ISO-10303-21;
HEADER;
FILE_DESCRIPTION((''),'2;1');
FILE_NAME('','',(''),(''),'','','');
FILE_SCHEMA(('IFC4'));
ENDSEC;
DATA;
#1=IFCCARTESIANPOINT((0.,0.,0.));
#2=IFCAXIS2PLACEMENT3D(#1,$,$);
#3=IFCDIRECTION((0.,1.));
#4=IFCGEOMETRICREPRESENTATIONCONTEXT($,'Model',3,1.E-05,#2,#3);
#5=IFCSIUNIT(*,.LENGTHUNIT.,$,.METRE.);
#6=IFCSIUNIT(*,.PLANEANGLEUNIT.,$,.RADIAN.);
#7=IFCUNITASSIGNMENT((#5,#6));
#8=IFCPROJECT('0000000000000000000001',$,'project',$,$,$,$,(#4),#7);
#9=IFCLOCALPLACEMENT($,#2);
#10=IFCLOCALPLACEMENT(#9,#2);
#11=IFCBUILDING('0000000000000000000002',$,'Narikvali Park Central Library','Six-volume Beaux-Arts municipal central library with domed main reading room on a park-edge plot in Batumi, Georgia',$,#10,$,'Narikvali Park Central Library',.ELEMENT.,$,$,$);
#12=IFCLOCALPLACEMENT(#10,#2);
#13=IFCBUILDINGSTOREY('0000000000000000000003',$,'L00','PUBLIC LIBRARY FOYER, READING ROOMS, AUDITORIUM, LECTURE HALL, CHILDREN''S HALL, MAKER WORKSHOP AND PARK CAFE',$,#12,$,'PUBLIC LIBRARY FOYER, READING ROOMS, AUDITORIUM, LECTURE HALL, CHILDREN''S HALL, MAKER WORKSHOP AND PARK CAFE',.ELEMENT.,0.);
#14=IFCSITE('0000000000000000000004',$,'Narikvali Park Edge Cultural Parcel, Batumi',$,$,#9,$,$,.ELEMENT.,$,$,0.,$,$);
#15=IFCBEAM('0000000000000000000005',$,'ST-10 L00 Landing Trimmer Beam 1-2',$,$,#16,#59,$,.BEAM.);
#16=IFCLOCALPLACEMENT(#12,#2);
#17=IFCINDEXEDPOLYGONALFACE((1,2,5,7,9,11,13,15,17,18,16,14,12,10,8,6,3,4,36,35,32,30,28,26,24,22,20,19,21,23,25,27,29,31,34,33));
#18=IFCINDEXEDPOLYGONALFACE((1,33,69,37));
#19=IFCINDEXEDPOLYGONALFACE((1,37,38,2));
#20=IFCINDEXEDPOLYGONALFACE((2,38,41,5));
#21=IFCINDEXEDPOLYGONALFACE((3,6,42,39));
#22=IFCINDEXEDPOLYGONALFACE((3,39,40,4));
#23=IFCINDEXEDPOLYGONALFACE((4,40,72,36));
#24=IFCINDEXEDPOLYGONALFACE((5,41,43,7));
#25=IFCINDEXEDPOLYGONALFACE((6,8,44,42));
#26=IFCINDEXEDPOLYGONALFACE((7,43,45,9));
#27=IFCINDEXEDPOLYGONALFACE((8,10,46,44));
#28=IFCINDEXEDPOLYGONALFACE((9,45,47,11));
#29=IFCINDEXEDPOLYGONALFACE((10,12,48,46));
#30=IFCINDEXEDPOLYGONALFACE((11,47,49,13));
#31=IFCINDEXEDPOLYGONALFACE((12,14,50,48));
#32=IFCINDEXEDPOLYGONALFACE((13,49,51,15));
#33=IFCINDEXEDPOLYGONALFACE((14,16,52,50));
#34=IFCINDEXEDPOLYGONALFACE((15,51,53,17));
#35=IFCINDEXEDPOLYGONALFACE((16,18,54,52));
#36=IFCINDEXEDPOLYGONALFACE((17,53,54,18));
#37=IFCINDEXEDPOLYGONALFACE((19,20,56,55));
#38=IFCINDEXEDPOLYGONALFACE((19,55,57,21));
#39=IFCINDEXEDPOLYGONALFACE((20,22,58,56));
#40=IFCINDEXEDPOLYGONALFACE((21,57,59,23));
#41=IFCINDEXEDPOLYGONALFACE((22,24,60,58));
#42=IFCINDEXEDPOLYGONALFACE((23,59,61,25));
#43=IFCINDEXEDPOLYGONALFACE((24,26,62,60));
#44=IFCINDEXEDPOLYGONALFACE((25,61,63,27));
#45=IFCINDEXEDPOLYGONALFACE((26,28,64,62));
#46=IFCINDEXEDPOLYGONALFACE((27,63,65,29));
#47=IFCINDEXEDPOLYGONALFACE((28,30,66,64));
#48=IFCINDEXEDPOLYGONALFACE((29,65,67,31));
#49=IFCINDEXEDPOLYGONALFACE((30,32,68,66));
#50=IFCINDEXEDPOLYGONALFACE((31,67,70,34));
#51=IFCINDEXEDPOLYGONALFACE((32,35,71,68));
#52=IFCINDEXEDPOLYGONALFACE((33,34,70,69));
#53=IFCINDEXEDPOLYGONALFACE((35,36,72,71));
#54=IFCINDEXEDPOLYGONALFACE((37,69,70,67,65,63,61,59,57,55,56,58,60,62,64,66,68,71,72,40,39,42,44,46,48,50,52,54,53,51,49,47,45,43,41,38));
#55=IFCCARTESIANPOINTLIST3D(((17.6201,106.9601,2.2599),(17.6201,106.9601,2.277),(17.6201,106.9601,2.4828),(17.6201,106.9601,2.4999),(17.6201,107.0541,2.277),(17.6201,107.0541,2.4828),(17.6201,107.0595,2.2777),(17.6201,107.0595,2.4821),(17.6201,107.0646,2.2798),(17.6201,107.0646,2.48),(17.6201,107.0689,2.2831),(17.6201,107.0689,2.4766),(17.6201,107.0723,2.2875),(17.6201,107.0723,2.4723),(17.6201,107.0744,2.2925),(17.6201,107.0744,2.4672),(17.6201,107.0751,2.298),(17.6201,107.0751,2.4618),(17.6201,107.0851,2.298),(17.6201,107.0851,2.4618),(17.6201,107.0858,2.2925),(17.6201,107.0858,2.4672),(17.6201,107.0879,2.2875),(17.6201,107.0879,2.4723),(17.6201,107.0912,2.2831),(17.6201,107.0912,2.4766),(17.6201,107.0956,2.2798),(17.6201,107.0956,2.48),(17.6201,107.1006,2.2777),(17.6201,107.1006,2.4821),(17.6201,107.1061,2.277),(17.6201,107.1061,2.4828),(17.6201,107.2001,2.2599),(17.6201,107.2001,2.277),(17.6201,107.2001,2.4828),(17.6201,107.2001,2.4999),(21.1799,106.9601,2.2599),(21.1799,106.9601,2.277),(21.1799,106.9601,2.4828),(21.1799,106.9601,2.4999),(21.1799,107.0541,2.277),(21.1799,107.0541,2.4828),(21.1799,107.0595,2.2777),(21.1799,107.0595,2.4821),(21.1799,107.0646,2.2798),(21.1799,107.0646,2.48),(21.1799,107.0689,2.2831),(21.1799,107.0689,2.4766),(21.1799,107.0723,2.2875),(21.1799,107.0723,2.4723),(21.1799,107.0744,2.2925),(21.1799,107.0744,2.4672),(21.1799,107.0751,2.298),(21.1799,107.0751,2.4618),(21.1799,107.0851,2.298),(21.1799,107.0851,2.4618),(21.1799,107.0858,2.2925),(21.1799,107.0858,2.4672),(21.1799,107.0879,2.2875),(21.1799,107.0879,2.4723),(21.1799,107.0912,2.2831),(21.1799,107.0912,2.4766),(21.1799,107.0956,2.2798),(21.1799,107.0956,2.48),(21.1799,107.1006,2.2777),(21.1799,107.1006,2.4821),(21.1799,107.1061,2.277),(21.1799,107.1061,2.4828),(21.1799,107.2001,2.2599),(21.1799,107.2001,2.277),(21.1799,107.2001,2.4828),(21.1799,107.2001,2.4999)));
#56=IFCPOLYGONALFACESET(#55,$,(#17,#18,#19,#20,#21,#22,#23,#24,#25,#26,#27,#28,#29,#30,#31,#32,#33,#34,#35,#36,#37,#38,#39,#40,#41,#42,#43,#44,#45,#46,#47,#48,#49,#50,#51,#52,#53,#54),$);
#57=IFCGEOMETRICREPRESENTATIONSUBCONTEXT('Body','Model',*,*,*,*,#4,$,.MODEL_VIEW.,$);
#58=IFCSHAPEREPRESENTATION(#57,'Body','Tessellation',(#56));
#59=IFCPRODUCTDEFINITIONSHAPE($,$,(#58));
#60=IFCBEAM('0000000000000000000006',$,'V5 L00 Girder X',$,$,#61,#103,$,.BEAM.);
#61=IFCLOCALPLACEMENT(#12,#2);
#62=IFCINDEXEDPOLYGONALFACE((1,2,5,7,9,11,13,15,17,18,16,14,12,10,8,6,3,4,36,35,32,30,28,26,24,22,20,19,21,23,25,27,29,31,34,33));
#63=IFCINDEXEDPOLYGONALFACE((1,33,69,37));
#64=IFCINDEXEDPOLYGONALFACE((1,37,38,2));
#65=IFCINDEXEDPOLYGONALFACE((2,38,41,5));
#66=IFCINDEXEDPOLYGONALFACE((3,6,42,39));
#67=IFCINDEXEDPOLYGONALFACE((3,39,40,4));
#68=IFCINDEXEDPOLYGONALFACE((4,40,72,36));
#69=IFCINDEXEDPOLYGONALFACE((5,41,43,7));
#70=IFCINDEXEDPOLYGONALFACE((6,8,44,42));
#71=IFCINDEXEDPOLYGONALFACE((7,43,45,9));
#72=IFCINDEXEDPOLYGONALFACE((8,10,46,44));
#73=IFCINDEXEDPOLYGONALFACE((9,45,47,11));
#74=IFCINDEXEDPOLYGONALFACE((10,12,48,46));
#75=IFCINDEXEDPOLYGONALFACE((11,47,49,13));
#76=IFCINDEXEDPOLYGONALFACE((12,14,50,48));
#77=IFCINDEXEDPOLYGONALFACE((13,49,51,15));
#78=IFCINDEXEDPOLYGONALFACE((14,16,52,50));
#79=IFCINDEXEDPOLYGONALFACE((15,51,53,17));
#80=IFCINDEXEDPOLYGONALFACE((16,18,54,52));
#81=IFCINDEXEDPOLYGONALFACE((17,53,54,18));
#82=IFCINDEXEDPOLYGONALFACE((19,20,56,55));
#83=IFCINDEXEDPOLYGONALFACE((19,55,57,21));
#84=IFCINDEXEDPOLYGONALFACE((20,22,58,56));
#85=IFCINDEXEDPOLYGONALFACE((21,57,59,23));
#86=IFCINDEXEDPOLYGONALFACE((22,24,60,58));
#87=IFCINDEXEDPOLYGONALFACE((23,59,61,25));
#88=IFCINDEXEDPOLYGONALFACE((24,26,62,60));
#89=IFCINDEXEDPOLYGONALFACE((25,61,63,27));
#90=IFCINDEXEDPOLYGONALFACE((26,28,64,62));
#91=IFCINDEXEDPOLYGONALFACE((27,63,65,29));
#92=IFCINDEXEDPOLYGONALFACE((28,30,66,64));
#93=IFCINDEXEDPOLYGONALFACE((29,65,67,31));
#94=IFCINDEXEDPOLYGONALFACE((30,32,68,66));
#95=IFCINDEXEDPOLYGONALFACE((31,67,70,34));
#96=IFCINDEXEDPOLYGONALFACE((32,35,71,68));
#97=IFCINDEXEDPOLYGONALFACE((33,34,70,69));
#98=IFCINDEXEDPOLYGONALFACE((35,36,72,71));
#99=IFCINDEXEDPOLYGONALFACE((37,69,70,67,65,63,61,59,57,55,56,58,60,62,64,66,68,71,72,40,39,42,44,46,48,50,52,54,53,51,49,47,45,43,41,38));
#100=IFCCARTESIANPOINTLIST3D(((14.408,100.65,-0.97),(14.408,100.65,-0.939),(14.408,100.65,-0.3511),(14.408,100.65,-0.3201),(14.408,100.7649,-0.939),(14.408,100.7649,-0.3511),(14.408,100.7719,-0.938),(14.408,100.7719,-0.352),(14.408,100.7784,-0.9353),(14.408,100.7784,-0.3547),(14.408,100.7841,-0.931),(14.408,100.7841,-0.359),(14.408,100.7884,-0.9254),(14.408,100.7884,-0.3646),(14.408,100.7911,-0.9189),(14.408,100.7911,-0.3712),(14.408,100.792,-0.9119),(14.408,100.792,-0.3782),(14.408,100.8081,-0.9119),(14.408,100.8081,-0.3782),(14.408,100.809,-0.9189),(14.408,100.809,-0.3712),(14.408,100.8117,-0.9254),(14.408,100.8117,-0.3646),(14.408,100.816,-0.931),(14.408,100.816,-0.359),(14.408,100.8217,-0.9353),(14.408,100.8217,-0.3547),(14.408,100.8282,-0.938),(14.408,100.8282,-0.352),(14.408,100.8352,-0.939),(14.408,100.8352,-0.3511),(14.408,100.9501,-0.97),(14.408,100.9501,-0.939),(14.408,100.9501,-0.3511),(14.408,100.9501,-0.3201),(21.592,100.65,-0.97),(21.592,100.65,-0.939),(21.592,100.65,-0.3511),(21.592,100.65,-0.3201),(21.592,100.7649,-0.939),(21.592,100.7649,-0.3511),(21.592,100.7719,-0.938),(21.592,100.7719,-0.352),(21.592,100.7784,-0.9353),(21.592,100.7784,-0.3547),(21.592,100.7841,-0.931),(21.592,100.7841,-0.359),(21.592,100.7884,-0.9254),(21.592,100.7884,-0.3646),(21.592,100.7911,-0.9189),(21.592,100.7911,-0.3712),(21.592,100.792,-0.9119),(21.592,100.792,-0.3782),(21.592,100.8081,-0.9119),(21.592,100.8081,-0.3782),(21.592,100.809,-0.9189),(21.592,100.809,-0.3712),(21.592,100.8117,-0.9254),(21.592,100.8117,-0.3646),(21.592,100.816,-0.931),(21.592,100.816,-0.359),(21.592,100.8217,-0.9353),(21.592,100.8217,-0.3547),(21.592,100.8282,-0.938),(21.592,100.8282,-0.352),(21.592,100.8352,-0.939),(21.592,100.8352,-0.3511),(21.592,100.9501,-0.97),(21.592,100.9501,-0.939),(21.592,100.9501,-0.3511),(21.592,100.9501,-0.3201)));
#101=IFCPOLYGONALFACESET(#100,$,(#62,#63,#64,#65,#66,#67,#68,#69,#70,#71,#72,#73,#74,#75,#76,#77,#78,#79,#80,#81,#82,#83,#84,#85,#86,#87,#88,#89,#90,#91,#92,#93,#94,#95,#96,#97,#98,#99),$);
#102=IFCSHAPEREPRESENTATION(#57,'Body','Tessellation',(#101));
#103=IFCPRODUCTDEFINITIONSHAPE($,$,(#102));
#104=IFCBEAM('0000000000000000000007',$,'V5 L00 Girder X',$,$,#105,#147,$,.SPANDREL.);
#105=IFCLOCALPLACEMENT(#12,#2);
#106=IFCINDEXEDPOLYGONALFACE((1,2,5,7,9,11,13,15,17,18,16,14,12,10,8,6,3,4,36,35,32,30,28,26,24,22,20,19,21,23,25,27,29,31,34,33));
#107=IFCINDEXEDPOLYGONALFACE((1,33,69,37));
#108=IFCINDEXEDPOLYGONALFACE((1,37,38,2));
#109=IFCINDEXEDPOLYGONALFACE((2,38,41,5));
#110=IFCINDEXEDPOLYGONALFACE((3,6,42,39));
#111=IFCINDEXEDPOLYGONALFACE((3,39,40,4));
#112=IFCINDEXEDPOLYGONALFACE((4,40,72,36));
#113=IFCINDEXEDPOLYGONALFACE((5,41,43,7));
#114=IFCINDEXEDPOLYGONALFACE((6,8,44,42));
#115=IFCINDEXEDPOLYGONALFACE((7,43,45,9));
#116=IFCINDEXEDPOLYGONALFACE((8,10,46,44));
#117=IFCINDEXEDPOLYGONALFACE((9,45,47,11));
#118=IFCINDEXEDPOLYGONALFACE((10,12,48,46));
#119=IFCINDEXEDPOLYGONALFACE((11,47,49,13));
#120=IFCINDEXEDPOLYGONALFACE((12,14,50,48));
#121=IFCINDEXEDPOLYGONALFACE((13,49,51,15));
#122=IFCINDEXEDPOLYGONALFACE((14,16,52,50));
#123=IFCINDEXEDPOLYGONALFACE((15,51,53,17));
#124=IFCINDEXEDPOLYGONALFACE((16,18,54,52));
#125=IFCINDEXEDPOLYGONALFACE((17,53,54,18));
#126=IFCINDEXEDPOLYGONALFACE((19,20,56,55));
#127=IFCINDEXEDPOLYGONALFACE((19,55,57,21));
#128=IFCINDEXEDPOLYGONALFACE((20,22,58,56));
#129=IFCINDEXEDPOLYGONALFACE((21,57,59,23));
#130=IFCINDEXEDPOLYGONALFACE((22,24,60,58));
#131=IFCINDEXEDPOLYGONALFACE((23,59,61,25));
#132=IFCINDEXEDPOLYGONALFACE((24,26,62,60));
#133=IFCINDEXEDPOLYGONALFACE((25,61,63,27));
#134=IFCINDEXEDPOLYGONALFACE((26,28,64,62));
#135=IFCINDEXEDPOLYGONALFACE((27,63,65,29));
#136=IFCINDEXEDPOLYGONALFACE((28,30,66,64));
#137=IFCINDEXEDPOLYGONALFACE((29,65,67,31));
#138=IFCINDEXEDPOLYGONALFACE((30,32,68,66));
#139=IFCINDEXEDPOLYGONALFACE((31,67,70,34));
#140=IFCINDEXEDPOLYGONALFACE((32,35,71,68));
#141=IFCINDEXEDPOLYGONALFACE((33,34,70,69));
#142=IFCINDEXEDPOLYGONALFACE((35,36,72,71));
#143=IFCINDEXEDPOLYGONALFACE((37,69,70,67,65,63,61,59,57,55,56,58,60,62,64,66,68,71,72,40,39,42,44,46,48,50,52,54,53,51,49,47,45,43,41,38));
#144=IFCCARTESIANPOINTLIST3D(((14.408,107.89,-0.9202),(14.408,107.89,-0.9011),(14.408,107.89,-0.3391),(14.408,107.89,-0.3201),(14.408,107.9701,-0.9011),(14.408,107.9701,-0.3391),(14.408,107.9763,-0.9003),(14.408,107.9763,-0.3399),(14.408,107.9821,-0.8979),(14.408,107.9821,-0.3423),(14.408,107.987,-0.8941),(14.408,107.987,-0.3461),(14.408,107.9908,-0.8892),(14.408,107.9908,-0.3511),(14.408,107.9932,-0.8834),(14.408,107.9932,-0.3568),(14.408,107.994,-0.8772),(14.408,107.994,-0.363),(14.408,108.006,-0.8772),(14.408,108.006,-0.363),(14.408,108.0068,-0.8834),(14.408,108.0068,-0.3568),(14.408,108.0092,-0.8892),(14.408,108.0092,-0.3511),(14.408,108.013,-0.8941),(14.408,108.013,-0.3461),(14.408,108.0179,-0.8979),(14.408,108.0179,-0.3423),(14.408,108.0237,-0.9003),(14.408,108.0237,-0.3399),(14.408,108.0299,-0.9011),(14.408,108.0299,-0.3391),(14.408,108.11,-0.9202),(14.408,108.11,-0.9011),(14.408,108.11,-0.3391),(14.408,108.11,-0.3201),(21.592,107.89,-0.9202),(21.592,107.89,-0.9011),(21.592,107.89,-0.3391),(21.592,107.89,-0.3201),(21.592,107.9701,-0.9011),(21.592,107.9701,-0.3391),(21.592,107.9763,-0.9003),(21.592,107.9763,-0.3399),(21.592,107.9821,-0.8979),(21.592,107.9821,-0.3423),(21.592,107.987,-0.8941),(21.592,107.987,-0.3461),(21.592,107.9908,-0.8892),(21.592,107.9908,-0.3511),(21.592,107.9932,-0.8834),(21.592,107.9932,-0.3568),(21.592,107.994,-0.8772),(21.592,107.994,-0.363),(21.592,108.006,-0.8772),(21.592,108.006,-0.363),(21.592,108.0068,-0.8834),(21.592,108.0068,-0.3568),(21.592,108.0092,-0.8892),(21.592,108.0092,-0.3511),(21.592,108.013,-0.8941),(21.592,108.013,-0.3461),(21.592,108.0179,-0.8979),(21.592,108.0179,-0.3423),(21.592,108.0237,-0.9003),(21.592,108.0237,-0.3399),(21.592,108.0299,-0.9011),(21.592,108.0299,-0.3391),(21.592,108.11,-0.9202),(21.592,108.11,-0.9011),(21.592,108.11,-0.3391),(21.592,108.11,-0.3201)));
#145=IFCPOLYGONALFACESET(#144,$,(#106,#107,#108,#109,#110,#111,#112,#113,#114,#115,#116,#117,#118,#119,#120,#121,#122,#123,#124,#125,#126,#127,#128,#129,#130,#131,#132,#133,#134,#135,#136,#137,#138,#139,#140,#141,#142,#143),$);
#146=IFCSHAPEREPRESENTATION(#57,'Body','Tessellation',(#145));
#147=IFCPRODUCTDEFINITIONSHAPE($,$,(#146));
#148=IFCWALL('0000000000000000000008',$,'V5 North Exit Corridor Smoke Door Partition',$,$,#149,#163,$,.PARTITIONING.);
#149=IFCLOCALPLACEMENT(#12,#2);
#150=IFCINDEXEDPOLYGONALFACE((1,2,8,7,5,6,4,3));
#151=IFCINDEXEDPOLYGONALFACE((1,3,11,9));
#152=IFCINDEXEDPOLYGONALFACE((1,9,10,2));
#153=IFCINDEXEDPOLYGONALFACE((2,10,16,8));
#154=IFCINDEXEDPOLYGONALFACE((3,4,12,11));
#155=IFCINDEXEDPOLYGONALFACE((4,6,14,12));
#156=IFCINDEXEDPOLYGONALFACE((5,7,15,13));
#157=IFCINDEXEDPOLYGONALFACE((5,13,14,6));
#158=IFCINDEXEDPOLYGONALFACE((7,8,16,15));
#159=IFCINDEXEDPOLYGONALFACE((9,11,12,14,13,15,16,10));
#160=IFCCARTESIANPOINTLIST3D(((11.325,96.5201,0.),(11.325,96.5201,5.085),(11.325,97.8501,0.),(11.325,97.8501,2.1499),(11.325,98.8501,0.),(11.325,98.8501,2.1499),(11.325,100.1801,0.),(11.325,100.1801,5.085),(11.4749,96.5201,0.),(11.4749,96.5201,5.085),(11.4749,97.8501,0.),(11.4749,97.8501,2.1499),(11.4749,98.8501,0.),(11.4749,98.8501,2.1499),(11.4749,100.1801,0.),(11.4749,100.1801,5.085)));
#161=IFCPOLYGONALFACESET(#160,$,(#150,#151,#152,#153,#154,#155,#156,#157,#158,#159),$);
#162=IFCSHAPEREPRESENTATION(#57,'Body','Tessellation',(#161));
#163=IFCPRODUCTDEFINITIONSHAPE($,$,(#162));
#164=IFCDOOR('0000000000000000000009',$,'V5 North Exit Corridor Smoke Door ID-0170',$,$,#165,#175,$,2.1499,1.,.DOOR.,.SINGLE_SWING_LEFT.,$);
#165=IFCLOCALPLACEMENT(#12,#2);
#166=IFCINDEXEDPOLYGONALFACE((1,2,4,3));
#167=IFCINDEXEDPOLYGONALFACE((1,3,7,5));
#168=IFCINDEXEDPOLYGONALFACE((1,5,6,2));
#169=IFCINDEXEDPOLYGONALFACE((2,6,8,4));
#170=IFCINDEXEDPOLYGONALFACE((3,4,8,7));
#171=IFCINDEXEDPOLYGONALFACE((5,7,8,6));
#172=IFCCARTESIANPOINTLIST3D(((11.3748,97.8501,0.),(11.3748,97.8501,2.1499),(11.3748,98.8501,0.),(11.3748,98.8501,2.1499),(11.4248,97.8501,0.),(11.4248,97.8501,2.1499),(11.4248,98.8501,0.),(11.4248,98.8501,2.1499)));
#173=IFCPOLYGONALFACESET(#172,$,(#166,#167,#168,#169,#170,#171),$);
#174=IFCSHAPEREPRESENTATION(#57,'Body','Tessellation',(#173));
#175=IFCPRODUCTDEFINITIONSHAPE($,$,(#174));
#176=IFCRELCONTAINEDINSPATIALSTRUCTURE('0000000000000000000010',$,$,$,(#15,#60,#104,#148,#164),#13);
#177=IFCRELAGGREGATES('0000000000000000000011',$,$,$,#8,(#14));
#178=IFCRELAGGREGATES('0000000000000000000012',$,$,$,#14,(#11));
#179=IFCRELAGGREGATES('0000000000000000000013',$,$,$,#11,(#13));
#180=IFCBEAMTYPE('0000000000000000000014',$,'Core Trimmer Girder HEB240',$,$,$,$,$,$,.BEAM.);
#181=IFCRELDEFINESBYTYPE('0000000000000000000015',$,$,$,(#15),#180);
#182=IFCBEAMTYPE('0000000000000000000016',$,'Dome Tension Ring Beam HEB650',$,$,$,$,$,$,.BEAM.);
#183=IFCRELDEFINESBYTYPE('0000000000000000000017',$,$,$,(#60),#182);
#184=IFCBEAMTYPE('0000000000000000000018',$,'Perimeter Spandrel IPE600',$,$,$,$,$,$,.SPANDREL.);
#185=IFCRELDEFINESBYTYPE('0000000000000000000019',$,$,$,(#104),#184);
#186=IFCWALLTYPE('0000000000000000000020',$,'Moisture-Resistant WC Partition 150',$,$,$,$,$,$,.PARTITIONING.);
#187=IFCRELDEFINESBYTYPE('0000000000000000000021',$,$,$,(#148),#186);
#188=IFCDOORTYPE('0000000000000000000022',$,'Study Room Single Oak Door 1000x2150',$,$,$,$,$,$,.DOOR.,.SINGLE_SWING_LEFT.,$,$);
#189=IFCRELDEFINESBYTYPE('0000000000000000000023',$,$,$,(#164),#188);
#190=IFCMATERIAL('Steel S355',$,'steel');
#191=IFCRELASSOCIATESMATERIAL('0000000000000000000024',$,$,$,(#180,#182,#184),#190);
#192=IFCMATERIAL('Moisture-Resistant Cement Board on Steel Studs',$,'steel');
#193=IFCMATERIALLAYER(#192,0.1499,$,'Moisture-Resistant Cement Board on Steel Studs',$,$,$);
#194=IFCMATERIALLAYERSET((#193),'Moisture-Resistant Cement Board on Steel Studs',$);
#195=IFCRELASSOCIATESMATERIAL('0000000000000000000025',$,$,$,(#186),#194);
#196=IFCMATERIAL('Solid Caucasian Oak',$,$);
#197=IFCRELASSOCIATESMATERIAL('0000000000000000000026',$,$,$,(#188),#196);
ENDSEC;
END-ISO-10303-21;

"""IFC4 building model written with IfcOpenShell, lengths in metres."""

from ifc_helpers import new_model, si_unit, direction, frame, frame_2d, origin, origin_2d, place, context, subcontext, project, spatial, rectangle, i_section, extrude, material, layer, layer_set, material_profile, profile_set, type_object, element, fill, save


model = new_model("IFC4")

# Units and contexts
model_context = context("Model", 3, precision=1e-05, world=origin(), true_north=direction((0.0, 1.0)))
body_context = subcontext(model_context, "Body", "Model", "MODEL_VIEW")
ifc_project = project(units=[si_unit("LENGTHUNIT", "METRE"), si_unit("PLANEANGLEUNIT", "RADIAN")], contexts=[model_context])

# Site, building, storey
site_placement = place(None, origin())
site = spatial("IfcSite", under=ifc_project, at=site_placement, Name="Narikvali Park Edge Cultural Parcel, Batumi", CompositionType="ELEMENT", RefElevation=0.0)
building_placement = place(site_placement, origin())
building = spatial("IfcBuilding", under=site, at=building_placement, Name="Narikvali Park Central Library", Description="Six-volume Beaux-Arts municipal central library with domed main reading room on a park-edge plot in Batumi, Georgia", LongName="Narikvali Park Central Library", CompositionType="ELEMENT")
storey_placement = place(building_placement, origin())
storey = spatial("IfcBuildingStorey", under=building, at=storey_placement, Name="L00", Description="PUBLIC LIBRARY FOYER, READING ROOMS, AUDITORIUM, LECTURE HALL, CHILDREN'S HALL, MAKER WORKSHOP AND PARK CAFE", LongName="PUBLIC LIBRARY FOYER, READING ROOMS, AUDITORIUM, LECTURE HALL, CHILDREN'S HALL, MAKER WORKSHOP AND PARK CAFE", CompositionType="ELEMENT", Elevation=0.0)

# Shared definitions
ifc_material_1 = material(Name="Steel S355", Category="steel")

# Beams
ifc_material_profile_1 = material_profile(ifc_material_1, i_section(OverallWidth=0.24, OverallDepth=0.24, WebThickness=0.01, FlangeThickness=0.0171, FilletRadius=0.021, at=origin_2d()), Name="HEB 240")
ifc_profile_set_1 = profile_set([ifc_material_profile_1], Name="Steel S355")
beam_type_1 = type_object("IfcBeamType", Name="Core Trimmer Girder HEB240", PredefinedType="BEAM", material=ifc_profile_set_1)
for number, where, z_axis, x_axis, name in (
    (1, (17.6201, 107.0801, 2.3799), (1.0, 0.0, 0.0), (0.0, 1.0, 0.0), "ST-10 L00 Landing Trimmer Beam 1-2"),
):
    element("IfcBeam", number, at=place(storey_placement, frame(where, z_axis=z_axis, x_axis=x_axis)), inside=storey, type_object=beam_type_1, Name=name, PredefinedType="BEAM", context=body_context, shape_type="SweptSolid", body=[
        extrude(i_section(OverallWidth=0.24, OverallDepth=0.24, WebThickness=0.01, FlangeThickness=0.0171, FilletRadius=0.021, at=origin_2d()), origin(), (0.0, 0.0, 1.0), 3.5598),
    ])
ifc_material_profile_2 = material_profile(ifc_material_1, i_section(OverallWidth=0.3, OverallDepth=0.6499, WebThickness=0.0161, FlangeThickness=0.031, FilletRadius=0.0271, at=origin_2d()), Name="HEB 650")
ifc_profile_set_2 = profile_set([ifc_material_profile_2], Name="Steel S355")
beam_type_2 = type_object("IfcBeamType", Name="Dome Tension Ring Beam HEB650", PredefinedType="BEAM", material=ifc_profile_set_2)
beam_1_placement = place(storey_placement, frame((14.408, 100.8, -0.645), z_axis=(1.0, 0.0, 0.0), x_axis=(0.0, 1.0, 0.0)))
element("IfcBeam", 2, at=beam_1_placement, inside=storey, type_object=beam_type_2, Name="V5 L00 Girder X", PredefinedType="BEAM", context=body_context, shape_type="SweptSolid", body=[
    extrude(i_section(OverallWidth=0.3, OverallDepth=0.6499, WebThickness=0.0161, FlangeThickness=0.031, FilletRadius=0.0271, at=origin_2d()), origin(), (0.0, 0.0, 1.0), 7.1841),
])
ifc_material_profile_3 = material_profile(ifc_material_1, i_section(OverallWidth=0.22, OverallDepth=0.6001, WebThickness=0.012, FlangeThickness=0.019, FilletRadius=0.0239, at=origin_2d()), Name="IPE 600")
ifc_profile_set_3 = profile_set([ifc_material_profile_3], Name="Steel S355")
beam_type_3 = type_object("IfcBeamType", Name="Perimeter Spandrel IPE600", PredefinedType="SPANDREL", material=ifc_profile_set_3)
beam_2_placement = place(storey_placement, frame((14.408, 108.0, -0.6201), z_axis=(1.0, 0.0, 0.0), x_axis=(0.0, 1.0, 0.0)))
element("IfcBeam", 3, at=beam_2_placement, inside=storey, type_object=beam_type_3, Name="V5 L00 Girder X", PredefinedType="SPANDREL", context=body_context, shape_type="SweptSolid", body=[
    extrude(i_section(OverallWidth=0.22, OverallDepth=0.6001, WebThickness=0.012, FlangeThickness=0.019, FilletRadius=0.0239, at=origin_2d()), origin(), (0.0, 0.0, 1.0), 7.1841),
])

# Wall, opening, door
ifc_material_2 = material(Name="Moisture-Resistant Cement Board on Steel Studs", Category="steel")
ifc_layer_1 = layer(ifc_material_2, 0.1499, Name="Moisture-Resistant Cement Board on Steel Studs")
ifc_layer_set_1 = layer_set([ifc_layer_1], Name="Moisture-Resistant Cement Board on Steel Studs")
wall_type_1 = type_object("IfcWallType", Name="Moisture-Resistant WC Partition 150", PredefinedType="PARTITIONING", material=ifc_layer_set_1)
wall_1_placement = place(storey_placement, frame((11.3999, 96.52, 0.0), z_axis=(0.0, 0.0, 1.0), x_axis=(0.0, 1.0, 0.0)))
wall_1 = element("IfcWall", 4, at=wall_1_placement, inside=storey, type_object=wall_type_1, Name="V5 North Exit Corridor Smoke Door Partition", PredefinedType="PARTITIONING", context=body_context, shape_type="SweptSolid", body=[
    extrude(rectangle(XDim=3.6599, YDim=0.1499, at=frame_2d((1.8301, 0.0))), origin(), (0.0, 0.0, 1.0), 5.085),
])
opening_1_placement = place(wall_1_placement, frame((1.3301, 0.0, 0.0)))
opening_1 = element("IfcOpeningElement", 5, at=opening_1_placement, cuts=wall_1, PredefinedType="OPENING", context=body_context, shape_type="SweptSolid", body=[
    extrude(rectangle(XDim=1.0, YDim=2.1499, at=frame_2d((0.5, 1.075))), frame((0.0, 0.0869, 0.0), z_axis=(0.0, -1.0, 0.0), x_axis=(1.0, 0.0, 0.0)), (0.0, 0.0, 1.0), 0.1738),
])
ifc_material_3 = material(Name="Solid Caucasian Oak")
door_type_1 = type_object("IfcDoorType", Name="Study Room Single Oak Door 1000x2150", OperationType="SINGLE_SWING_LEFT", PredefinedType="DOOR", material=ifc_material_3)
door_1_placement = place(opening_1_placement, frame((1.0, 0.0, 0.0), z_axis=(0.0, 0.0, 1.0), x_axis=(-1.0, 0.0, 0.0)))
door_1 = element("IfcDoor", 6, at=door_1_placement, inside=storey, type_object=door_type_1, Name="V5 North Exit Corridor Smoke Door ID-0170", OperationType="SINGLE_SWING_LEFT", OverallHeight=2.1499, OverallWidth=1.0, PredefinedType="DOOR", context=body_context, shape_type="SweptSolid", body=[
    extrude(rectangle(XDim=1.0, YDim=2.1499, at=frame_2d((0.5, 1.075))), frame((0.0, 0.0249, 0.0), z_axis=(0.0, -1.0, 0.0), x_axis=(1.0, 0.0, 0.0)), (0.0, 0.0, 1.0), 0.05),
])
fill(opening_1, door_1)

save(model, "model.ifc")
